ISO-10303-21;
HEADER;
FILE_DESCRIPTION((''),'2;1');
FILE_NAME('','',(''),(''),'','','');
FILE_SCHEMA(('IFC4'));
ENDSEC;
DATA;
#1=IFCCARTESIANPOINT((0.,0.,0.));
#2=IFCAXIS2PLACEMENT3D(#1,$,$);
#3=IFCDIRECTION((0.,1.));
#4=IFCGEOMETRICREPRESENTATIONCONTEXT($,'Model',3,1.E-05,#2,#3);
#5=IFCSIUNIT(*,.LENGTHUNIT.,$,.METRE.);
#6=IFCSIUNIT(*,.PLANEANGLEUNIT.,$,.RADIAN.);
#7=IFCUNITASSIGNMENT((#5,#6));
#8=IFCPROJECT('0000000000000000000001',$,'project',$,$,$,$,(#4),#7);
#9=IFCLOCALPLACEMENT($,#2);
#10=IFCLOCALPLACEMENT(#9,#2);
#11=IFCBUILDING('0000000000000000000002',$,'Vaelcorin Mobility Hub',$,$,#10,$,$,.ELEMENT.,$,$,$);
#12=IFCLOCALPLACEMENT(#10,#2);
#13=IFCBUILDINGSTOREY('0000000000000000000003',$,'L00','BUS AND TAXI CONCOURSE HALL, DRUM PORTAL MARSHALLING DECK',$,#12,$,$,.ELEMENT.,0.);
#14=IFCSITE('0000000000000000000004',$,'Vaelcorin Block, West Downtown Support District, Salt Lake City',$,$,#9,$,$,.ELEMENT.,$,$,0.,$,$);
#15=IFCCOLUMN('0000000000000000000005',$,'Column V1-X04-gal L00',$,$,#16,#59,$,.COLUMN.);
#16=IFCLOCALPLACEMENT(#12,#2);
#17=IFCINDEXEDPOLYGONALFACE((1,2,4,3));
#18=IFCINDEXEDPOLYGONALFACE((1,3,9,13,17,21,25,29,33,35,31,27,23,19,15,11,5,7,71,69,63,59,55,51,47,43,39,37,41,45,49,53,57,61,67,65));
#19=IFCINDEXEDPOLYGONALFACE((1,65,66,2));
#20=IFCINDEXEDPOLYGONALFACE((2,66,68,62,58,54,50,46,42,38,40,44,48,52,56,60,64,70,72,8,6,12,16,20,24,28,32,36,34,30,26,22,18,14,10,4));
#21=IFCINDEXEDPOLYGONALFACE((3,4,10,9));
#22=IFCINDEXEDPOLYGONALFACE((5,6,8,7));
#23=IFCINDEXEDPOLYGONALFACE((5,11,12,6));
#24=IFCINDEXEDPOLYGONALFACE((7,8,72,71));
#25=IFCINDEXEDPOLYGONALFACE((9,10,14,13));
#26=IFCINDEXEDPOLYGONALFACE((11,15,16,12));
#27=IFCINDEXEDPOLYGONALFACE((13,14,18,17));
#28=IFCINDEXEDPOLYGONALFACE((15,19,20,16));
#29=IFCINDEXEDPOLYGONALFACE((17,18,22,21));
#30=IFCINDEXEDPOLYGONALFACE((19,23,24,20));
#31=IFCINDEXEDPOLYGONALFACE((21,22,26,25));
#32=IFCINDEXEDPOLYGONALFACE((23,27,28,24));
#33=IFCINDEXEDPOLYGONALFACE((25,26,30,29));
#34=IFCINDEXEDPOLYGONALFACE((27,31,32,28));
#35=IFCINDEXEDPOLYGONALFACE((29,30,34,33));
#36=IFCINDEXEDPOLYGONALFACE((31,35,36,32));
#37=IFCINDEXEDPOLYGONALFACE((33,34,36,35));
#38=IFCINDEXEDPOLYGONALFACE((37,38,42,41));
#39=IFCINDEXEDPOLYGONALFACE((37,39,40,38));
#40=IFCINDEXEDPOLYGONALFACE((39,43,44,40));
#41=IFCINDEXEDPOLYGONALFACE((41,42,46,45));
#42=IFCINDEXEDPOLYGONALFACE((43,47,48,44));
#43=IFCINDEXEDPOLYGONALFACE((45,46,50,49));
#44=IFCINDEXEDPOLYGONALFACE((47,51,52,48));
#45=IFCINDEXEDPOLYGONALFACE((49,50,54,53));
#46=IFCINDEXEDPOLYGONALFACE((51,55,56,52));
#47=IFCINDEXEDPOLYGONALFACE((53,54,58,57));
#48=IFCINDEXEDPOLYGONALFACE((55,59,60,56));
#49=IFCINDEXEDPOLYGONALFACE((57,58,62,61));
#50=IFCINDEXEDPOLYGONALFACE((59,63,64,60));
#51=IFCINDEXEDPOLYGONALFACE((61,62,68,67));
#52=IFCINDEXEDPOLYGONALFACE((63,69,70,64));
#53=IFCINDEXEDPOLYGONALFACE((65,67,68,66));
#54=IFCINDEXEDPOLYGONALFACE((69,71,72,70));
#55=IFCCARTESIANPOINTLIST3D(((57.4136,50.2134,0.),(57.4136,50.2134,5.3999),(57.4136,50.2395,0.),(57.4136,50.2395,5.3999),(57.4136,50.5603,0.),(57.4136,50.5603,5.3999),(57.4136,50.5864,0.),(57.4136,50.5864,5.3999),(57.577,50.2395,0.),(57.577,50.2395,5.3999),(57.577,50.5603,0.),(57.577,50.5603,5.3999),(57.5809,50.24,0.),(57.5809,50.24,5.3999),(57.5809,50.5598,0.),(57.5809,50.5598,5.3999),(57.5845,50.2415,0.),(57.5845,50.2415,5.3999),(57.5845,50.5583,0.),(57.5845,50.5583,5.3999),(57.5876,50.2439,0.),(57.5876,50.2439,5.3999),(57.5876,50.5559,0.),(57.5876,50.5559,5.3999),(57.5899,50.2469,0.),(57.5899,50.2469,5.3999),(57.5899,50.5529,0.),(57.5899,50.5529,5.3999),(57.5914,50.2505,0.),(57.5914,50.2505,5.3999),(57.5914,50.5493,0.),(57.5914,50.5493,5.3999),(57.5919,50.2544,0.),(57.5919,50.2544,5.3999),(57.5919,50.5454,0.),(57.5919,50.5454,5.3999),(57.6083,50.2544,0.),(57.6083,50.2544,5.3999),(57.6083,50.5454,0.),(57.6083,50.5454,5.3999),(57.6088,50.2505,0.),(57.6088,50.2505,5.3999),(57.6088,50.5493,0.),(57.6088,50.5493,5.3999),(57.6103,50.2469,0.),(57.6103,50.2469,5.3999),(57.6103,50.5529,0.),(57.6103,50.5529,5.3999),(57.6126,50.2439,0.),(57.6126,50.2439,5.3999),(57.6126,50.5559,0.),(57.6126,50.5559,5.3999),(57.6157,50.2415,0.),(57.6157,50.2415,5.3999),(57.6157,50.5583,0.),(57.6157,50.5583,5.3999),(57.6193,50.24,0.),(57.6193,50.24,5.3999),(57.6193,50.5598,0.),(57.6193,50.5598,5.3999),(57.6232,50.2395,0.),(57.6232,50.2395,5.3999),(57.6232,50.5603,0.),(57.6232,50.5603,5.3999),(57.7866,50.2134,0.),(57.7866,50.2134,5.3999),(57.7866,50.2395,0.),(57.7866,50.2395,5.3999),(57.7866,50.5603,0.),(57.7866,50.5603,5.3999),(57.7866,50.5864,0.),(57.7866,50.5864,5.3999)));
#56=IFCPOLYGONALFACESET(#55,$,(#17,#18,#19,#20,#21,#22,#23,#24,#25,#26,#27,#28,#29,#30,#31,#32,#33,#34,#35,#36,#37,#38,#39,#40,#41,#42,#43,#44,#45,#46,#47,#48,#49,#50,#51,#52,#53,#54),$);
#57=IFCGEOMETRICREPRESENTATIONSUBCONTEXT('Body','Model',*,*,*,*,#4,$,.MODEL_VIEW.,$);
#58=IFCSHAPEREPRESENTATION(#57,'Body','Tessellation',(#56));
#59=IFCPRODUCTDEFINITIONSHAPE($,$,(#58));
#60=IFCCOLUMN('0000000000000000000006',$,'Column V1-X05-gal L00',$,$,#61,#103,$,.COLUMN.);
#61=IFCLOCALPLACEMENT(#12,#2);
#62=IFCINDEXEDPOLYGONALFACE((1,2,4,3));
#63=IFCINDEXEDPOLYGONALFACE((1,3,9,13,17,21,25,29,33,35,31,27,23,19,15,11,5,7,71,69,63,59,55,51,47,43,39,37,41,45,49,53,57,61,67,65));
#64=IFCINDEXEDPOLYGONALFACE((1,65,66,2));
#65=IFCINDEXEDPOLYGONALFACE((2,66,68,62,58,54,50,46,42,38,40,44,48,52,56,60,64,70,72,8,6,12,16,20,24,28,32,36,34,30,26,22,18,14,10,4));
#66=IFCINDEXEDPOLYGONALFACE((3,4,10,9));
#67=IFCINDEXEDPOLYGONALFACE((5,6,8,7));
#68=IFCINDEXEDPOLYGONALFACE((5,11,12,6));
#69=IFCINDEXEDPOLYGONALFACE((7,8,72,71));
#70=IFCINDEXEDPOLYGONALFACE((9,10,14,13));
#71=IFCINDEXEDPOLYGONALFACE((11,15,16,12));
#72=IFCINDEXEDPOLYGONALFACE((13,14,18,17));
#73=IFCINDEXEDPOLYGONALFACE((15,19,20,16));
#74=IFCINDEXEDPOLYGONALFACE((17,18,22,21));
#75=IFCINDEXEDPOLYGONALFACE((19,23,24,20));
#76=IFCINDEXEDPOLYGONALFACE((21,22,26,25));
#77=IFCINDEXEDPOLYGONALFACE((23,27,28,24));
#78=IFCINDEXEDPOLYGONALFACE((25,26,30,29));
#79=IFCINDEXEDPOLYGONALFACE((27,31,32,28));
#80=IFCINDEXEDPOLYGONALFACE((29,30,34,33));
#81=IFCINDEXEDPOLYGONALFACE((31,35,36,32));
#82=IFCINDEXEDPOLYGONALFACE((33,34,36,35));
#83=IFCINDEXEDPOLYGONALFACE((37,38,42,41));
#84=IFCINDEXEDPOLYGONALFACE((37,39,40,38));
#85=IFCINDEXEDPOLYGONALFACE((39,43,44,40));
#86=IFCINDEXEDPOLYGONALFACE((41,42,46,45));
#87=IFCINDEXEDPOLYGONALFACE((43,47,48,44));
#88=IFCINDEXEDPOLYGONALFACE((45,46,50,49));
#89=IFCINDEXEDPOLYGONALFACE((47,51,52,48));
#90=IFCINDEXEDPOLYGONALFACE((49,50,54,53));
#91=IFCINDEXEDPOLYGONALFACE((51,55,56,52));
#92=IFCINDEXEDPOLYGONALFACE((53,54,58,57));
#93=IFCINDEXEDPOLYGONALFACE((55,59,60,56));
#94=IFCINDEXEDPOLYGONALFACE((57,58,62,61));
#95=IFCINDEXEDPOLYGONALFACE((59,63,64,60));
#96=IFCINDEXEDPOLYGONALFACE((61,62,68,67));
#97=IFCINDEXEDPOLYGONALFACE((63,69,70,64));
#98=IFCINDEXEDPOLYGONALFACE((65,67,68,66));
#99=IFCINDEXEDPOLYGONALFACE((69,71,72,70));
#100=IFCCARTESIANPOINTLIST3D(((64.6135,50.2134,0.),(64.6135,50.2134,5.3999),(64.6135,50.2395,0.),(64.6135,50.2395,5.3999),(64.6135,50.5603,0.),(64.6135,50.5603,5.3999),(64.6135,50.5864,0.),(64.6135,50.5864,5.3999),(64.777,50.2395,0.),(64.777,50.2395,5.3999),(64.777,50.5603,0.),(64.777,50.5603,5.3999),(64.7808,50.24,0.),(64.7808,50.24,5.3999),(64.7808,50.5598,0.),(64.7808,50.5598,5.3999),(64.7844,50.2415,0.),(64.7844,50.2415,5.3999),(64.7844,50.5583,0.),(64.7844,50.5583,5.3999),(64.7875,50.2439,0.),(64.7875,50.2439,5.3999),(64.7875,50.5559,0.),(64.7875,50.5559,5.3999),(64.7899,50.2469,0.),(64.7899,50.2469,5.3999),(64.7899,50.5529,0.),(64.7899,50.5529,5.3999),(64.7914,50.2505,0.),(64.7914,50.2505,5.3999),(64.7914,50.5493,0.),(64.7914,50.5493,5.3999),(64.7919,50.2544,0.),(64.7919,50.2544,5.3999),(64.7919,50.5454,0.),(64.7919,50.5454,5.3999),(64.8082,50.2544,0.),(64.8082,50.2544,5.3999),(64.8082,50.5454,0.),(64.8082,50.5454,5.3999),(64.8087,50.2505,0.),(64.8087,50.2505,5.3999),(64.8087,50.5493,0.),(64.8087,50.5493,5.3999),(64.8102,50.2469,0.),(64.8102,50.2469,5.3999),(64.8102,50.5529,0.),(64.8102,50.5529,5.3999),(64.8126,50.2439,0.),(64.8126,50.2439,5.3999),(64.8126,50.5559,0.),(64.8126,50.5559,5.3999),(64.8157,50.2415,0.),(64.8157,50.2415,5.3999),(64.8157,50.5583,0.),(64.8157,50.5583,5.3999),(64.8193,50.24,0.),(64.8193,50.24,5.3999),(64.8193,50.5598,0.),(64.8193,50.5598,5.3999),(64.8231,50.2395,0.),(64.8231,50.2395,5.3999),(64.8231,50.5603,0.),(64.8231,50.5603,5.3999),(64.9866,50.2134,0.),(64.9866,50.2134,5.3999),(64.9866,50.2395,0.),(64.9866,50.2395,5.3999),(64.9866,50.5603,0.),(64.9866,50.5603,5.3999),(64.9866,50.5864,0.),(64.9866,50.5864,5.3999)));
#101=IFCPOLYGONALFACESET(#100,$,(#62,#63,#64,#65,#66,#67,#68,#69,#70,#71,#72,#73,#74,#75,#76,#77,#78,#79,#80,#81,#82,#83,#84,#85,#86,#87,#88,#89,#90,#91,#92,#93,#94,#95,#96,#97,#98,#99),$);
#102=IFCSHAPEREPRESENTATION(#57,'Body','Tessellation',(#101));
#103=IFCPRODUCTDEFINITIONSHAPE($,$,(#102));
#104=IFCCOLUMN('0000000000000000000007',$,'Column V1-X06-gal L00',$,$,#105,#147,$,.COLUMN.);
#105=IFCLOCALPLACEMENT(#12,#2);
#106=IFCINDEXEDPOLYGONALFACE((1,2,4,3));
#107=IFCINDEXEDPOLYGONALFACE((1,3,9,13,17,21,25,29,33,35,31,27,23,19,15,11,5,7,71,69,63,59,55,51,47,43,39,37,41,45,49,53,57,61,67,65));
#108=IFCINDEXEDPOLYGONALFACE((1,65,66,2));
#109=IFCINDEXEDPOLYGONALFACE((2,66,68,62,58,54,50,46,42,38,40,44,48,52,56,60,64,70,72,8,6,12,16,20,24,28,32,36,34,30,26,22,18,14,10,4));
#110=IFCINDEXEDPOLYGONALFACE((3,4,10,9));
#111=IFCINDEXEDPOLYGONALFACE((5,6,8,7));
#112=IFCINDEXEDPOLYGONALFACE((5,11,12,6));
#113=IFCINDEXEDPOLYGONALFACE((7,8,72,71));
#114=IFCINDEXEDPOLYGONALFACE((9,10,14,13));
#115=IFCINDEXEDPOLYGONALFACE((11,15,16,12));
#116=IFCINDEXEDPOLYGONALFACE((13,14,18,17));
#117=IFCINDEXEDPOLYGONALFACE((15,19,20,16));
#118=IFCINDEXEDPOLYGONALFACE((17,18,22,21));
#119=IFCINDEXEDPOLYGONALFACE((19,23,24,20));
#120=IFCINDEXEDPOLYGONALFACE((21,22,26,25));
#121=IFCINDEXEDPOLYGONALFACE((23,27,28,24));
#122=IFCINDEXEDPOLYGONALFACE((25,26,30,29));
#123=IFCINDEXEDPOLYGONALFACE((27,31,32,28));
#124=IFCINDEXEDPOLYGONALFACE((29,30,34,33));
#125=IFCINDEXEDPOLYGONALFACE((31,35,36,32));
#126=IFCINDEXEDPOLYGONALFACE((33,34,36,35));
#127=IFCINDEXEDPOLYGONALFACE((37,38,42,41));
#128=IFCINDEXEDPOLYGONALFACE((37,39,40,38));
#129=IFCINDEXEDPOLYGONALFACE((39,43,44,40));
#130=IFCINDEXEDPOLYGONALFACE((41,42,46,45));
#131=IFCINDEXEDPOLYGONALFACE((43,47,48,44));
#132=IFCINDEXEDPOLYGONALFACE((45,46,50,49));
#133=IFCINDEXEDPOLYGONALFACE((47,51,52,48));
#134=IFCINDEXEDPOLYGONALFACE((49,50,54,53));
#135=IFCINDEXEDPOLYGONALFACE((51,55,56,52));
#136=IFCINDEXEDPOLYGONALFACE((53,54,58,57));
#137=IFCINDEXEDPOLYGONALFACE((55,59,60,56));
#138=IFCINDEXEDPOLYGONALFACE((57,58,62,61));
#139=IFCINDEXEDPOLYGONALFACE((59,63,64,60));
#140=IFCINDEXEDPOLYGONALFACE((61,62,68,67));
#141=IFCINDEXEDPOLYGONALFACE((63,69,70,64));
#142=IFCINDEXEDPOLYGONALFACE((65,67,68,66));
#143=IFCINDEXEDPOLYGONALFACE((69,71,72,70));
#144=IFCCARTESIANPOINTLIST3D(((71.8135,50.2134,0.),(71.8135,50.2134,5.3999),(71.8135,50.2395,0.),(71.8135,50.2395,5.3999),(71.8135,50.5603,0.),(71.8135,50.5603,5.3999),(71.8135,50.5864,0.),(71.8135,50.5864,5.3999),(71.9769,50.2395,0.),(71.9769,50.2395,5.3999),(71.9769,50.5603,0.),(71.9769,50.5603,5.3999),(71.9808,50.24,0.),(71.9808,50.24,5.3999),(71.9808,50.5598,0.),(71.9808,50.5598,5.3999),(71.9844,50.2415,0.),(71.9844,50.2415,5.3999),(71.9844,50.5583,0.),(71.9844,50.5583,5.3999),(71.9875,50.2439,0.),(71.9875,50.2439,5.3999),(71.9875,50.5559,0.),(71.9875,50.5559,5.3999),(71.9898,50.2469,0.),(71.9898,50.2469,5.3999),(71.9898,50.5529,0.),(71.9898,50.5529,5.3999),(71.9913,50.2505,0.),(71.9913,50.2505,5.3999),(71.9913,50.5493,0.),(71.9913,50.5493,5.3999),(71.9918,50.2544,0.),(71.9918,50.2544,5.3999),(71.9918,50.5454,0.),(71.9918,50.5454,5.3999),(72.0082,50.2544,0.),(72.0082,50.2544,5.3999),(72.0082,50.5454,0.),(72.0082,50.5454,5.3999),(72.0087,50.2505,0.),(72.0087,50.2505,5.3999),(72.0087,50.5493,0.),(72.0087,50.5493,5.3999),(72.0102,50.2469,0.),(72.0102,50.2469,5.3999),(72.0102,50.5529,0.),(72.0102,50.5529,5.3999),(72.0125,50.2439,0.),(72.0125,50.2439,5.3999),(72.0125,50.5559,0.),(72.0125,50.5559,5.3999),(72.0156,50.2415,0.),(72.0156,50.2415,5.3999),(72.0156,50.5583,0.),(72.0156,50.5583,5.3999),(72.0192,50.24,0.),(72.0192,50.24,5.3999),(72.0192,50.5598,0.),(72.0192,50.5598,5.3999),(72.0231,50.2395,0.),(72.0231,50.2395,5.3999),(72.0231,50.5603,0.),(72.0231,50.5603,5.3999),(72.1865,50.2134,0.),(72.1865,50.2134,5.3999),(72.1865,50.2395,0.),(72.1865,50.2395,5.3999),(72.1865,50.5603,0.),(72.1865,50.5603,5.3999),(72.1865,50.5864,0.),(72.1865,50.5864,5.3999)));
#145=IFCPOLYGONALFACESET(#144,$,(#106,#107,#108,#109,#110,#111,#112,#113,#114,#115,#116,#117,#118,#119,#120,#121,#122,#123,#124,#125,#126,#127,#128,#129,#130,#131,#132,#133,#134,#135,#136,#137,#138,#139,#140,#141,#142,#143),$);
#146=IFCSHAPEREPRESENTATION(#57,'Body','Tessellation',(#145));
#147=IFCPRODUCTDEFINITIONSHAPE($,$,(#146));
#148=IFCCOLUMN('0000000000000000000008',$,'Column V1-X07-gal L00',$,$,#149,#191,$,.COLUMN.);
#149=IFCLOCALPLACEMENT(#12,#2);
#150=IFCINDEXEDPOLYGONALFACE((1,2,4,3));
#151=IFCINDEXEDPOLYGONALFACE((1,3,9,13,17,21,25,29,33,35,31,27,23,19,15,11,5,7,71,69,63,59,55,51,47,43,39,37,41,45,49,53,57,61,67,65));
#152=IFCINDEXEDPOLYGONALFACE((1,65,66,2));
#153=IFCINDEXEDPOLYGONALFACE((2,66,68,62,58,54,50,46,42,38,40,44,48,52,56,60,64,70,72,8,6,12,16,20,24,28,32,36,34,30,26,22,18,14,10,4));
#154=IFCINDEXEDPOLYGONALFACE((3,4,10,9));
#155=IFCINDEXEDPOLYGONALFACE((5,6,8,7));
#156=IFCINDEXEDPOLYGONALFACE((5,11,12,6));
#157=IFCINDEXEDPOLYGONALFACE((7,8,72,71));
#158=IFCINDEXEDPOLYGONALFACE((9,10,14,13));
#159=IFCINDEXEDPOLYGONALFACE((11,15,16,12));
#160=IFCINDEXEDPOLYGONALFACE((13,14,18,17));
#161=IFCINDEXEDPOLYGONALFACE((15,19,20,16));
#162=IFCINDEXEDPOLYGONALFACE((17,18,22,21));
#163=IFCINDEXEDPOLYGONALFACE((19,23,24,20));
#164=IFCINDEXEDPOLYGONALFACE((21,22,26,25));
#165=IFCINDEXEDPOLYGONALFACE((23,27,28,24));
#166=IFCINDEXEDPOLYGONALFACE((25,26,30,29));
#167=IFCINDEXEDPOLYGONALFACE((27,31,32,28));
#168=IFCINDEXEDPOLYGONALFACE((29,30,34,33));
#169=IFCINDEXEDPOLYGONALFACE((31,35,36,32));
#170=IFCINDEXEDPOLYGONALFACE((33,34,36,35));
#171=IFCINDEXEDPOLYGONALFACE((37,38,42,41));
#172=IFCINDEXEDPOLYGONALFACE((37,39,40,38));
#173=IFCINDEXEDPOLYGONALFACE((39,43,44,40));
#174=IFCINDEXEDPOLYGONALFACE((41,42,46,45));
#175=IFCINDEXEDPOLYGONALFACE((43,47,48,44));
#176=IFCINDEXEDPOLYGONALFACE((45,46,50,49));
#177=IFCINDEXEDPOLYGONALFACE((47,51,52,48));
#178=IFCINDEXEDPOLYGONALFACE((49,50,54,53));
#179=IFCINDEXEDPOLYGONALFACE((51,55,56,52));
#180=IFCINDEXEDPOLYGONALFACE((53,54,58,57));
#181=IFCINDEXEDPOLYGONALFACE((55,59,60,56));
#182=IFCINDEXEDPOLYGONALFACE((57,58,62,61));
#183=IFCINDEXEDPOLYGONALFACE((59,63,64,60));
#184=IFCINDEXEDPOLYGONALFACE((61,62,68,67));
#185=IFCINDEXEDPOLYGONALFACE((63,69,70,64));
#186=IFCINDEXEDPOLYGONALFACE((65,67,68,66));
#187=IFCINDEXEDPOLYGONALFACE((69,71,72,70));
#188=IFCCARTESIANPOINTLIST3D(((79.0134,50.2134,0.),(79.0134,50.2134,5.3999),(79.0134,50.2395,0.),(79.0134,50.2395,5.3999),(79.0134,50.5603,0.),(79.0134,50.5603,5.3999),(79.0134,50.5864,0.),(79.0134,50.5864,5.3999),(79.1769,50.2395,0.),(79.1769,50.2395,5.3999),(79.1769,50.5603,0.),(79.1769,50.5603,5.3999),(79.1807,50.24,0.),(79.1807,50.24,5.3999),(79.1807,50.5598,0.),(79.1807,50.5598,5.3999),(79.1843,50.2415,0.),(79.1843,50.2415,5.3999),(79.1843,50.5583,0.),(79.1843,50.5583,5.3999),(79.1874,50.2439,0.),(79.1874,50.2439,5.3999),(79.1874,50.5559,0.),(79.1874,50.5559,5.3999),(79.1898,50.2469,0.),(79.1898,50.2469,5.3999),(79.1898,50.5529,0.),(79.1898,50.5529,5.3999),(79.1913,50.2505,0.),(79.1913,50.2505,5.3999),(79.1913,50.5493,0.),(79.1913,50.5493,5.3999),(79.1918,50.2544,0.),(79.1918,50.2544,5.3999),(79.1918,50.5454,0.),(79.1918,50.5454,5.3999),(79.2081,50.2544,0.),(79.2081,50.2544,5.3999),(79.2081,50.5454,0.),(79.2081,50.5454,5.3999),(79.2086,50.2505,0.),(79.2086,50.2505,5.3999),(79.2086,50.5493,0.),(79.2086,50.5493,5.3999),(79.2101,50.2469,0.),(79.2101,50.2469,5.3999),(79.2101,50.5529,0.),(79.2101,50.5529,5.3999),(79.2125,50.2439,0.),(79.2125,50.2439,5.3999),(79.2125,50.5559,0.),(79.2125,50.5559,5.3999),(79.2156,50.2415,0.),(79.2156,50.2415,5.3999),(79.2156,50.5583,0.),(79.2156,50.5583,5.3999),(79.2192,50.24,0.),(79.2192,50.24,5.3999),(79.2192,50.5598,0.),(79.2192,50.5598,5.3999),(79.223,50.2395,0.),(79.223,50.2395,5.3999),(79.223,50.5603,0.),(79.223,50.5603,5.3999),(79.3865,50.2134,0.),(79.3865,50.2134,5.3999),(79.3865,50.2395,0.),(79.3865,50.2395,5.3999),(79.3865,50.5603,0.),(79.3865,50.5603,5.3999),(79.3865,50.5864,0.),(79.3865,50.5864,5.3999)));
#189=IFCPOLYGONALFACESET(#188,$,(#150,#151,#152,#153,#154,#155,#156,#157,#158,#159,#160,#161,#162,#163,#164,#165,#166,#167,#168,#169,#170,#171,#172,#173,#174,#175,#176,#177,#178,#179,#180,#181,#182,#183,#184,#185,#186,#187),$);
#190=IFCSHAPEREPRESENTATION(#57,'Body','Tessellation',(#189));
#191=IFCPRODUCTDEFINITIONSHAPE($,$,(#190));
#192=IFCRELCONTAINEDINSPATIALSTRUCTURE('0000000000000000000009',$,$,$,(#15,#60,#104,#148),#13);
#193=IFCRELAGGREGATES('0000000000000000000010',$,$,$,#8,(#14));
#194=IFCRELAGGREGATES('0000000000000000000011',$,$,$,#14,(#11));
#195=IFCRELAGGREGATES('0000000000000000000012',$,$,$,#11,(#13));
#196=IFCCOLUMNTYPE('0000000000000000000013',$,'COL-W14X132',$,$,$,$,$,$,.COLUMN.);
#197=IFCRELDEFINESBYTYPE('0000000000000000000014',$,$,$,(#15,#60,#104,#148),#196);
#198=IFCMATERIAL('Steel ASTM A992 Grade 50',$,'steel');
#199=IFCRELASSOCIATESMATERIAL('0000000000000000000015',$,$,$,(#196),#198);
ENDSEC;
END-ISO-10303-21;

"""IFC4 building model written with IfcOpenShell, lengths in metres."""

from ifc_helpers import new_model, si_unit, direction, frame, origin, origin_2d, place, context, subcontext, project, spatial, i_section, extrude, material, material_profile, profile_set, type_object, element, save


model = new_model("IFC4")

# Units and contexts
model_context = context("Model", 3, precision=1e-05, world=origin(), true_north=direction((0.0, 1.0)))
body_context = subcontext(model_context, "Body", "Model", "MODEL_VIEW")
ifc_project = project(units=[si_unit("LENGTHUNIT", "METRE"), si_unit("PLANEANGLEUNIT", "RADIAN")], contexts=[model_context])

# Site, building, storey
site_placement = place(None, origin())
site = spatial("IfcSite", under=ifc_project, at=site_placement, Name="Vaelcorin Block, West Downtown Support District, Salt Lake City", CompositionType="ELEMENT", RefElevation=0.0)
building_placement = place(site_placement, origin())
building = spatial("IfcBuilding", under=site, at=building_placement, Name="Vaelcorin Mobility Hub", CompositionType="ELEMENT")
storey_placement = place(building_placement, origin())
storey = spatial("IfcBuildingStorey", under=building, at=storey_placement, Name="L00", Description="BUS AND TAXI CONCOURSE HALL, DRUM PORTAL MARSHALLING DECK", CompositionType="ELEMENT", Elevation=0.0)

# Columns
ifc_material_1 = material(Name="Steel ASTM A992 Grade 50", Category="steel")
ifc_material_profile_1 = material_profile(ifc_material_1, i_section(OverallWidth=0.373, OverallDepth=0.373, WebThickness=0.0164, FlangeThickness=0.0261, FilletRadius=0.0149, at=origin_2d()), Name="W14X132")
ifc_profile_set_1 = profile_set([ifc_material_profile_1], Name="Steel ASTM A992 Grade 50")
column_type_1 = type_object("IfcColumnType", Name="COL-W14X132", PredefinedType="COLUMN", material=ifc_profile_set_1)
for number, where, z_axis, x_axis, name in (
    (1, (57.6001, 50.3999, 0.0), (0.0, 0.0, 1.0), (1.0, 0.0, 0.0), "Column V1-X04-gal L00"),
    (2, (64.8, 50.3999, 0.0), (0.0, 0.0, 1.0), (1.0, 0.0, 0.0), "Column V1-X05-gal L00"),
    (3, (72.0, 50.3999, 0.0), (0.0, 0.0, 1.0), (1.0, 0.0, 0.0), "Column V1-X06-gal L00"),
    (4, (79.2, 50.3999, 0.0), (0.0, 0.0, 1.0), (1.0, 0.0, 0.0), "Column V1-X07-gal L00"),
):
    element("IfcColumn", number, at=place(storey_placement, frame(where, z_axis=z_axis, x_axis=x_axis)), inside=storey, type_object=column_type_1, Name=name, PredefinedType="COLUMN", context=body_context, shape_type="SweptSolid", body=[
        extrude(i_section(OverallWidth=0.373, OverallDepth=0.373, WebThickness=0.0164, FlangeThickness=0.0261, FilletRadius=0.0149, at=origin_2d()), origin(), (0.0, 0.0, 1.0), 5.3999),
    ])

save(model, "model.ifc")
